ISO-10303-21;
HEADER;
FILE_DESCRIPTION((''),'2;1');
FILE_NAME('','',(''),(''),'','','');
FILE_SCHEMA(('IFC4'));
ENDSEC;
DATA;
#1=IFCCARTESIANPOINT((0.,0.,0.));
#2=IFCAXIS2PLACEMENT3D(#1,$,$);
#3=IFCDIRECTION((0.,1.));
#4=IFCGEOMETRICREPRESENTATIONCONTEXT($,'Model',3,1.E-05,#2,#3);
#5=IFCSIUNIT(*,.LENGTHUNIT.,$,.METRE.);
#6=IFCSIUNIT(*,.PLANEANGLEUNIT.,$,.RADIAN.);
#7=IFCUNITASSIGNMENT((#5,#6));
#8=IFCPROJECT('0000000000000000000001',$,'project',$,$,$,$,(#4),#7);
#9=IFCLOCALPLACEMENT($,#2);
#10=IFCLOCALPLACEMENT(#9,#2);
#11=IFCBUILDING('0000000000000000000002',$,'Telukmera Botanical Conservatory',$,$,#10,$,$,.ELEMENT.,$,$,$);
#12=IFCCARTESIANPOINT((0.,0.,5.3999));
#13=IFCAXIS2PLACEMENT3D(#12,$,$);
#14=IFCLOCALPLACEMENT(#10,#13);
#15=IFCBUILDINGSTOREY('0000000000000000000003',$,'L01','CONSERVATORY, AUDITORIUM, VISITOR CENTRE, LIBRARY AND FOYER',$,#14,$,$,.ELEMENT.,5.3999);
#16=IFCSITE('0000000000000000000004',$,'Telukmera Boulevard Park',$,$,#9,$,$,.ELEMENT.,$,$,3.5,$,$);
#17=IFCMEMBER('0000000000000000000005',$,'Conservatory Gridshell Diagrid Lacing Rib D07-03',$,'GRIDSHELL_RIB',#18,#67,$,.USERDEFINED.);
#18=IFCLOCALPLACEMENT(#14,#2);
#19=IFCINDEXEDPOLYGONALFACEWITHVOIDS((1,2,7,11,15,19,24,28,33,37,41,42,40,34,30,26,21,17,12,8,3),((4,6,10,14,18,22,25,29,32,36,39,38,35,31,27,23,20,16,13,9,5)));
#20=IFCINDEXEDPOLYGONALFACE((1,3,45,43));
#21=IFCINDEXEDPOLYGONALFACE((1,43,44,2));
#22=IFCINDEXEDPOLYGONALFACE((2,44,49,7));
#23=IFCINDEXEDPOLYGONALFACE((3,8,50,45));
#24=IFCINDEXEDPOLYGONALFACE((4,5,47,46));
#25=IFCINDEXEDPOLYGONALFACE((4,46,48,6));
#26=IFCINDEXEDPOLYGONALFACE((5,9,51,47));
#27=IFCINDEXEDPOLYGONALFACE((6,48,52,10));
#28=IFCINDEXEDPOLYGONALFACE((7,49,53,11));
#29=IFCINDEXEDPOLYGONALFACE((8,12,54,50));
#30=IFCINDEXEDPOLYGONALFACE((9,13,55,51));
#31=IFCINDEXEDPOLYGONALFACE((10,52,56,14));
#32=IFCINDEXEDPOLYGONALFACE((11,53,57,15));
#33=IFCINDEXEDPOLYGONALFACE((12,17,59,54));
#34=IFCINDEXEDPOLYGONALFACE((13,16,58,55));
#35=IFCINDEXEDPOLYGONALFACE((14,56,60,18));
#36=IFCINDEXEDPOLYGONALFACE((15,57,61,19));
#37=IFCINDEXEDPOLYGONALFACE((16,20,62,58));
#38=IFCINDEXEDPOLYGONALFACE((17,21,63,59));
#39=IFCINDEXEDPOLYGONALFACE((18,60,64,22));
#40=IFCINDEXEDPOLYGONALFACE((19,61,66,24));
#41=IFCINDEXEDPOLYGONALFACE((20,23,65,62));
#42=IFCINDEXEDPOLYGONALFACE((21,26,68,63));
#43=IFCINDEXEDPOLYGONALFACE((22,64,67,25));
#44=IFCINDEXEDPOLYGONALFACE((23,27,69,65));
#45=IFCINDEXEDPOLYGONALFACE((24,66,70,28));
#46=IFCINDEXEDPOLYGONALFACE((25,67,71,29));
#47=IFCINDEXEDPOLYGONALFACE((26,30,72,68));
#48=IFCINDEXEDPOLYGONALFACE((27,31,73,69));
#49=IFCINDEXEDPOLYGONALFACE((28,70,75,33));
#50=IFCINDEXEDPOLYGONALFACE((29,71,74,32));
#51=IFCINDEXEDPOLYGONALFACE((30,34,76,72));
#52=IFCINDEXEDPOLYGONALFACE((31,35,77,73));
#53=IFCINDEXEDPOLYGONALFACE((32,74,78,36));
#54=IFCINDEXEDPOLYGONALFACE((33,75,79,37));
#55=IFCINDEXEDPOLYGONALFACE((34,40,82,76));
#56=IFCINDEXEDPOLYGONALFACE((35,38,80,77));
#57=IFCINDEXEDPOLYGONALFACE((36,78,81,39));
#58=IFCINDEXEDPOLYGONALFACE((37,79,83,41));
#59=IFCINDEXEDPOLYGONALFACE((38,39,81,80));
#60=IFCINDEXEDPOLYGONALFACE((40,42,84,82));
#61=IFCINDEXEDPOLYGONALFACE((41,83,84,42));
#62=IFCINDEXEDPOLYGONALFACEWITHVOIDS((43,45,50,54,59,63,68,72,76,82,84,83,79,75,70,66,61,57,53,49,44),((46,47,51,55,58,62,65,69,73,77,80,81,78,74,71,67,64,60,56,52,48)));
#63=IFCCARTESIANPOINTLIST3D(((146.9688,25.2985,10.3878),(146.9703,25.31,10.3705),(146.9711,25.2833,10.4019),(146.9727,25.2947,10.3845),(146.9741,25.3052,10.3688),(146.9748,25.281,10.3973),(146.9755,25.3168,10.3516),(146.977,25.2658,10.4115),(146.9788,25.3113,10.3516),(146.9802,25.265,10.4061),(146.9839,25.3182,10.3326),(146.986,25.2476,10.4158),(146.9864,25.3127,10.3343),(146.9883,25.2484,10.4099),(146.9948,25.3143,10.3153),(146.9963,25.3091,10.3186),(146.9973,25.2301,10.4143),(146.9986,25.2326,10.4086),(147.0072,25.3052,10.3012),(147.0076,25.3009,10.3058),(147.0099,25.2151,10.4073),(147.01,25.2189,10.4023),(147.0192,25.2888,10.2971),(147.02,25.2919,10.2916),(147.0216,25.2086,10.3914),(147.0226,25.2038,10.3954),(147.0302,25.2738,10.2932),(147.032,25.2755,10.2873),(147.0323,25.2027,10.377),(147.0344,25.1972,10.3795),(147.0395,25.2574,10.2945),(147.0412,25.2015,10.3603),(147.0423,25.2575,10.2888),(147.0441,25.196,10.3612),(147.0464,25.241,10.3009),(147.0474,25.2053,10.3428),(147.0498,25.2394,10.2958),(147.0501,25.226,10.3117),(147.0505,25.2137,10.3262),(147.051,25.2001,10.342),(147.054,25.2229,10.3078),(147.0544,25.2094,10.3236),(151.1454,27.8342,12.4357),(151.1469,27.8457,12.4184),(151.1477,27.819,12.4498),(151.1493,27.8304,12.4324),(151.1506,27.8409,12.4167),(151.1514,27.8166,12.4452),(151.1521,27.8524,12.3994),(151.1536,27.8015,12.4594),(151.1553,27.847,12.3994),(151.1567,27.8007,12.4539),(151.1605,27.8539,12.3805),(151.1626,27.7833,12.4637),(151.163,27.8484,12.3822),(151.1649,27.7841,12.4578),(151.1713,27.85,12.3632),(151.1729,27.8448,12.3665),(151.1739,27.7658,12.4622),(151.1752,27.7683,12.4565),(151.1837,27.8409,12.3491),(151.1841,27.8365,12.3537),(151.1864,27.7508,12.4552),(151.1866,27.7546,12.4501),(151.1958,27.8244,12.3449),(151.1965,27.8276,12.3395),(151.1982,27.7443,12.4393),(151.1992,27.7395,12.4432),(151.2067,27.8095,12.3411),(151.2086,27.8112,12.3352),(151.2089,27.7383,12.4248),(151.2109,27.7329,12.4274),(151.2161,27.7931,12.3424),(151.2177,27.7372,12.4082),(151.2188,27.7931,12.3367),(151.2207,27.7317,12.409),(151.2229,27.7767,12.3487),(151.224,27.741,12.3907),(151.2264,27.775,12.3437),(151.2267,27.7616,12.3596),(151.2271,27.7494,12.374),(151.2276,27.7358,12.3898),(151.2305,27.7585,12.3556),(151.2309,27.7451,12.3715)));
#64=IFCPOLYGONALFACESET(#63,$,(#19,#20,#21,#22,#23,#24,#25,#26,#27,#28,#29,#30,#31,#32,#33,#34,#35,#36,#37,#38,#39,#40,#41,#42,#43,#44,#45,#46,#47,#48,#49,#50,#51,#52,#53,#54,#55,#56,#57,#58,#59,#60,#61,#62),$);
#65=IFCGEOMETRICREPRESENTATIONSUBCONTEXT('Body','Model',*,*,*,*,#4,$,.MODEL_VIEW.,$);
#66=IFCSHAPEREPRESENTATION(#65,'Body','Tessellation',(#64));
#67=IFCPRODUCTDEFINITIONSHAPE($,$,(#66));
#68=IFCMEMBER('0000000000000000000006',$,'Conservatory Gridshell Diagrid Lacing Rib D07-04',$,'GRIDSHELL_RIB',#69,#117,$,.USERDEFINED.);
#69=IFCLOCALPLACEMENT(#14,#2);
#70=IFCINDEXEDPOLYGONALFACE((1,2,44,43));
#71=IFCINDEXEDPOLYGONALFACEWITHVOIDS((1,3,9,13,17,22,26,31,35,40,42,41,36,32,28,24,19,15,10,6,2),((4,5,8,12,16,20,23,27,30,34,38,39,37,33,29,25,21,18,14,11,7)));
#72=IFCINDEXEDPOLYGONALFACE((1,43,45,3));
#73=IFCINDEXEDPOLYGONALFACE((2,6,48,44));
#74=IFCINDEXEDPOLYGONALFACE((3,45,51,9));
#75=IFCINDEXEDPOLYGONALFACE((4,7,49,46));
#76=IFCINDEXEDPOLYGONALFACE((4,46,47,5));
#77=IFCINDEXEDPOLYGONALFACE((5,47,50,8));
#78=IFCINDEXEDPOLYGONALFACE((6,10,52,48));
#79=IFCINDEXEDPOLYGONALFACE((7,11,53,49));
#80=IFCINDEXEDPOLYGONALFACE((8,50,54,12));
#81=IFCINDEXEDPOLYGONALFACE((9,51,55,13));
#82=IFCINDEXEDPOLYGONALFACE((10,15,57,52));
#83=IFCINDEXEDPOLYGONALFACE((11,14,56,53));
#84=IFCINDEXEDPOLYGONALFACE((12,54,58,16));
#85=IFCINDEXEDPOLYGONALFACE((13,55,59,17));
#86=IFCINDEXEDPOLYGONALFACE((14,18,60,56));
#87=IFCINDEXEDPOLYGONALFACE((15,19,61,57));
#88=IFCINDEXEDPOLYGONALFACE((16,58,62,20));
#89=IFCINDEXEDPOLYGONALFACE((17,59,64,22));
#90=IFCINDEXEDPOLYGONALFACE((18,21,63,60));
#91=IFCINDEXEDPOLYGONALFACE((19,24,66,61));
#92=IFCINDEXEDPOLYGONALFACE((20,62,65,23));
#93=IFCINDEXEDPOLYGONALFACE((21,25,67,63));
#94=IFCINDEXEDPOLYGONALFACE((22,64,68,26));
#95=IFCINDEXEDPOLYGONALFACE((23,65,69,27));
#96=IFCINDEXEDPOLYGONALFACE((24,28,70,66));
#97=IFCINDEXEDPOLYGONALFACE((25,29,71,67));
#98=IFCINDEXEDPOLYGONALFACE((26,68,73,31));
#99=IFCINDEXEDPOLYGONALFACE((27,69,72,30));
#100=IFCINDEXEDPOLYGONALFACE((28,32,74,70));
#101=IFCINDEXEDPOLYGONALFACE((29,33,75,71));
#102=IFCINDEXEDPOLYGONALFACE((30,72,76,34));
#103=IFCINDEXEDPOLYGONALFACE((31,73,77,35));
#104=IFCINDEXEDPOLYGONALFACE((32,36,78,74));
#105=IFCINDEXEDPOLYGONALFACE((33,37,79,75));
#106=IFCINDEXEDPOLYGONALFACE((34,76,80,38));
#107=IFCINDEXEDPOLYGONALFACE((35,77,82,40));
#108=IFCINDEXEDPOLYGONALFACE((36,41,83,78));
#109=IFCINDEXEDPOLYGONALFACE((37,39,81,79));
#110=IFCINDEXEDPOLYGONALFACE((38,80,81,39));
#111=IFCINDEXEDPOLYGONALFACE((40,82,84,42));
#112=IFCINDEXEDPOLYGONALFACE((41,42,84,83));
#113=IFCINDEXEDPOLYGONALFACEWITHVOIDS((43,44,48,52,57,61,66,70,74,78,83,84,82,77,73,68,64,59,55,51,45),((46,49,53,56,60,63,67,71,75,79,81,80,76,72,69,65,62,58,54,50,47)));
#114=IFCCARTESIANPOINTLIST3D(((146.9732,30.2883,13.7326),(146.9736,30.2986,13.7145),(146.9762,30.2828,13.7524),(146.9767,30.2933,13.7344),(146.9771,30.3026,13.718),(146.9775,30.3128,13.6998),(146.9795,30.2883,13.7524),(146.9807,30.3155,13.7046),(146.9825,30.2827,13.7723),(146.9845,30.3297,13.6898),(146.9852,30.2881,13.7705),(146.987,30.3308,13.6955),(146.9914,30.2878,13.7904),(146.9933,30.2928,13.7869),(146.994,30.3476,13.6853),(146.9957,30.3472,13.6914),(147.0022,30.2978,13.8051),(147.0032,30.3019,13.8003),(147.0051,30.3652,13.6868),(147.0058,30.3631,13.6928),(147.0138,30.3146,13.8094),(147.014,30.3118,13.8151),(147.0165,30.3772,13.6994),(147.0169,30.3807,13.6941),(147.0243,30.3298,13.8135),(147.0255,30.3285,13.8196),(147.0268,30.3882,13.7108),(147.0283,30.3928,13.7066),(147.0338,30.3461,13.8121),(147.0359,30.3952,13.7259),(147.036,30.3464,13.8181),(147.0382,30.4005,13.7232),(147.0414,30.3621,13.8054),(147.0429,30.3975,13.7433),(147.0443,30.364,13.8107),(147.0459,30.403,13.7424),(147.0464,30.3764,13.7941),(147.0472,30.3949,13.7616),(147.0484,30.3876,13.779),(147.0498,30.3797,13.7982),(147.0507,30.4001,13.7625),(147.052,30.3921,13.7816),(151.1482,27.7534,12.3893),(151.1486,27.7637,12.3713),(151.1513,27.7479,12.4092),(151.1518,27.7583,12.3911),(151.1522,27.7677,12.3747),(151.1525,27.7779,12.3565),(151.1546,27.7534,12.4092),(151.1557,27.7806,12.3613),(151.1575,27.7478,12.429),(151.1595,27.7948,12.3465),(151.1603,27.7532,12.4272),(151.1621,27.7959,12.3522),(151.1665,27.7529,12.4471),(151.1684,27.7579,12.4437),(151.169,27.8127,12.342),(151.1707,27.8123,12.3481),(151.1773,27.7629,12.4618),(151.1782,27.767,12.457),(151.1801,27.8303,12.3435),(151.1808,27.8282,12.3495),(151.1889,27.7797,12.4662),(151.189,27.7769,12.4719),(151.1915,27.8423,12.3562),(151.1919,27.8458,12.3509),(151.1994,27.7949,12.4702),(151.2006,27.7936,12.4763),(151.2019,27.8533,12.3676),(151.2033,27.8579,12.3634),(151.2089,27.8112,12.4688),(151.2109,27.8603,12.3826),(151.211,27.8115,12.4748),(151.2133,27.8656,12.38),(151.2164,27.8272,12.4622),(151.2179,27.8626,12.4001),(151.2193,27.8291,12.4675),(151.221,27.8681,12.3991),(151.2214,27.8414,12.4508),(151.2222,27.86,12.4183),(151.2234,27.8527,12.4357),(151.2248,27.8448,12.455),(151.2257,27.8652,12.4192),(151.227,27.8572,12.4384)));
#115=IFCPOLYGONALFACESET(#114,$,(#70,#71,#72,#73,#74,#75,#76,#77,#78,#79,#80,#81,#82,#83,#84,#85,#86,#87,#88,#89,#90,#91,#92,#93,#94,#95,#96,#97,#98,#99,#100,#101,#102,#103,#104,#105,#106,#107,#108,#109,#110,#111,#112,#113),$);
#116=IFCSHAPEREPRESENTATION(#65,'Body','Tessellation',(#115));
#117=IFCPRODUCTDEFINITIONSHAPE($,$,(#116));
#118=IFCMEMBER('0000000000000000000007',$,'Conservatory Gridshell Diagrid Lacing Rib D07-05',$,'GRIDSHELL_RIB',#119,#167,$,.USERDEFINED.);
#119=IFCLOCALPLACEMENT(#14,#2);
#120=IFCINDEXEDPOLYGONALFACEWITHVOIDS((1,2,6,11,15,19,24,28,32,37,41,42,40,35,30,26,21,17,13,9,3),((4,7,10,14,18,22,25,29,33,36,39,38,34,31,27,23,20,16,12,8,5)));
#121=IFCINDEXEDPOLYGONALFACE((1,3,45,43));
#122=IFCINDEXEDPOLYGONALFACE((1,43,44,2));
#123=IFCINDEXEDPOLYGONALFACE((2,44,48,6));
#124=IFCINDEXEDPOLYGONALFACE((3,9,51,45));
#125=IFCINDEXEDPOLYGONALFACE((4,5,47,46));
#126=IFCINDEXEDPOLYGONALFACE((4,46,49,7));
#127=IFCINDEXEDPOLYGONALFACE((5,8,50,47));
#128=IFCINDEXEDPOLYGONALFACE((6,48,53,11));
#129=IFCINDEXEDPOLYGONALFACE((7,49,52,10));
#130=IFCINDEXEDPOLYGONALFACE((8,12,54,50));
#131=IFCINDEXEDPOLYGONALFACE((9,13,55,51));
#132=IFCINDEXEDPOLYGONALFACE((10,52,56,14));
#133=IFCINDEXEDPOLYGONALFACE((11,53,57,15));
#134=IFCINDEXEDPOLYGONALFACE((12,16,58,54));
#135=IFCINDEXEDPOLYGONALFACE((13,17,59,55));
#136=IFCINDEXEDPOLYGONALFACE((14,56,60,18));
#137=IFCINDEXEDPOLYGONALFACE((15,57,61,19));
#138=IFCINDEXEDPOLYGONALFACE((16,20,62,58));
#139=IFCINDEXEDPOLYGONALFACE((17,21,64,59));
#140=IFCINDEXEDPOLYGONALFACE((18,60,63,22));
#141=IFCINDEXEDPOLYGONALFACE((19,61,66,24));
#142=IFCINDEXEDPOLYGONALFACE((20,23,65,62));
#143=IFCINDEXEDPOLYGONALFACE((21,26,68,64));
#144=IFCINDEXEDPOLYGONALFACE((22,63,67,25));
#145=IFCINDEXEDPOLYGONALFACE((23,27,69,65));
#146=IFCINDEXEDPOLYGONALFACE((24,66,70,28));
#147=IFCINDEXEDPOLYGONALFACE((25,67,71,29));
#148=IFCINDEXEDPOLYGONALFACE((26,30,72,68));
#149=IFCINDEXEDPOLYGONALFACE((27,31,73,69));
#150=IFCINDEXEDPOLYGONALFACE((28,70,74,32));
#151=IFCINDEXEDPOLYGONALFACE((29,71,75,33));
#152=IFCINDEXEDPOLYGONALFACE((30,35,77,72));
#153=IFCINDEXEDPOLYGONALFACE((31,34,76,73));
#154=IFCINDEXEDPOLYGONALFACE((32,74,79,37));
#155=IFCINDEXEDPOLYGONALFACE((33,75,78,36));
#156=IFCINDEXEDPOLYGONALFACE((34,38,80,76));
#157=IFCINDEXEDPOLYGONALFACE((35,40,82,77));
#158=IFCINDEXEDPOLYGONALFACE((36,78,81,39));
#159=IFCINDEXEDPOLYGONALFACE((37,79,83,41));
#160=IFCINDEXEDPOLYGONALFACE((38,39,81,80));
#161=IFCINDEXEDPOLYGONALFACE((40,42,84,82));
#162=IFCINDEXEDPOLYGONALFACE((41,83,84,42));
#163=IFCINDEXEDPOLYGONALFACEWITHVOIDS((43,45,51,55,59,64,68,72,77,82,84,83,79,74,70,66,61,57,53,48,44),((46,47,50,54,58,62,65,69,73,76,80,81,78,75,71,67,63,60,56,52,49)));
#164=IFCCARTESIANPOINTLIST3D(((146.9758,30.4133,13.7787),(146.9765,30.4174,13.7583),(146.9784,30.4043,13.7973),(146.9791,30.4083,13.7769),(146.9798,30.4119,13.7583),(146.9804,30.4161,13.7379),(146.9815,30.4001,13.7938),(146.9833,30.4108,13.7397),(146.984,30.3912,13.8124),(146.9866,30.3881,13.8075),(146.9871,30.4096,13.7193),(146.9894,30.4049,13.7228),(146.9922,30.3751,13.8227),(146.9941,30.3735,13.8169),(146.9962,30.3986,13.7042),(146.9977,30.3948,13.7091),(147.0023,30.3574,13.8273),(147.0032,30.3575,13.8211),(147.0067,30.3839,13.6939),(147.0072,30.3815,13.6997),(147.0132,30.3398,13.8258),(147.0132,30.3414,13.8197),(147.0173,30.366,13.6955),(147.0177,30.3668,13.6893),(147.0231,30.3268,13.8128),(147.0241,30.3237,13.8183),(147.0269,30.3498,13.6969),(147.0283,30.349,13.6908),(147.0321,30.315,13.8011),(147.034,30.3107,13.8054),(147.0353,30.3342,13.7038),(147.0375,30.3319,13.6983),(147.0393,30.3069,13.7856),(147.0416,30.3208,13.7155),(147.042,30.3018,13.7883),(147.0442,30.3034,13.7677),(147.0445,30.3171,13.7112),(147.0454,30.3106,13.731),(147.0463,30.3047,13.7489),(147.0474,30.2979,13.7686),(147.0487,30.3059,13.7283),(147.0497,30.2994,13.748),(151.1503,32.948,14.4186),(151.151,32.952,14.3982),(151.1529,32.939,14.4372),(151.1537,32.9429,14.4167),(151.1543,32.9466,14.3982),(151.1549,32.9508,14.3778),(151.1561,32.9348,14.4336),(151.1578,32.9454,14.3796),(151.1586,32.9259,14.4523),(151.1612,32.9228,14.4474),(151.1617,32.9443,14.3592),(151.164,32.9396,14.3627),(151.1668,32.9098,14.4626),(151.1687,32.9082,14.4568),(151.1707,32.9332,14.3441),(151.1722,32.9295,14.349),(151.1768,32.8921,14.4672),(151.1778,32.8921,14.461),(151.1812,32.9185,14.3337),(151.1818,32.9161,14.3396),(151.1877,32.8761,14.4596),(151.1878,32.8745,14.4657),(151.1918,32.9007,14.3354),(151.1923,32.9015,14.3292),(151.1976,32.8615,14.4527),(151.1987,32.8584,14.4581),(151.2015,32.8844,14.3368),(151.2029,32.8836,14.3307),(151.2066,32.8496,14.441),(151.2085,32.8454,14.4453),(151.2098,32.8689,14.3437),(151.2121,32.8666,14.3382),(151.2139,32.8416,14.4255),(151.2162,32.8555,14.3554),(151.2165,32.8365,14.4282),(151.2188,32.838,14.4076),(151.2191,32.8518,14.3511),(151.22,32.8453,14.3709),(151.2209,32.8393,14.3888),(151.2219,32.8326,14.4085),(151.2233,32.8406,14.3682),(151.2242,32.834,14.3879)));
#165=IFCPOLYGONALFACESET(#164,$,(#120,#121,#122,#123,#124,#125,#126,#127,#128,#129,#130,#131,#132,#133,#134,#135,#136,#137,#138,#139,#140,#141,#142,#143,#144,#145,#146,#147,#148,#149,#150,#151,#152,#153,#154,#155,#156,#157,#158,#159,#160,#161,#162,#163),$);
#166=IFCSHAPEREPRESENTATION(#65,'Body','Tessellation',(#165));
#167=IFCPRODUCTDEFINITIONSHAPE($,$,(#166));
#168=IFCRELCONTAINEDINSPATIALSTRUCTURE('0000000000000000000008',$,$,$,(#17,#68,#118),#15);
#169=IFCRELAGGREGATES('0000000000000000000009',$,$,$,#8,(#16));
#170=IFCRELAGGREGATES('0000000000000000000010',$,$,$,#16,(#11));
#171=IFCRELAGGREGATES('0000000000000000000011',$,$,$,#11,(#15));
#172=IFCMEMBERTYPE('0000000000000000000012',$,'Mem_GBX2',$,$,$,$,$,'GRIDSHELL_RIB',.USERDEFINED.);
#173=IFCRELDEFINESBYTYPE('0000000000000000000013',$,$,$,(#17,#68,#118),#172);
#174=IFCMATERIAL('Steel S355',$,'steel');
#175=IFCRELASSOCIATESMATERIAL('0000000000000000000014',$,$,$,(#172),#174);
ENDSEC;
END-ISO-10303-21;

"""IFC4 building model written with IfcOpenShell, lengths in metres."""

from ifc_helpers import new_model, si_unit, direction, frame, origin, origin_2d, place, context, subcontext, project, spatial, hollow_circle, extrude, material, material_profile, profile_set, type_object, element, save


model = new_model("IFC4")

# Units and contexts
model_context = context("Model", 3, precision=1e-05, world=origin(), true_north=direction((0.0, 1.0)))
body_context = subcontext(model_context, "Body", "Model", "MODEL_VIEW")
ifc_project = project(units=[si_unit("LENGTHUNIT", "METRE"), si_unit("PLANEANGLEUNIT", "RADIAN")], contexts=[model_context])

# Site, building, storey
site_placement = place(None, origin())
site = spatial("IfcSite", under=ifc_project, at=site_placement, Name="Telukmera Boulevard Park", CompositionType="ELEMENT", RefElevation=3.5)
building_placement = place(site_placement, origin())
building = spatial("IfcBuilding", under=site, at=building_placement, Name="Telukmera Botanical Conservatory", CompositionType="ELEMENT")
storey_placement = place(building_placement, frame((0.0, 0.0, 5.3999)))
storey = spatial("IfcBuildingStorey", under=building, at=storey_placement, Name="L01", Description="CONSERVATORY, AUDITORIUM, VISITOR CENTRE, LIBRARY AND FOYER", CompositionType="ELEMENT", Elevation=5.3999)

# Shared definitions
ifc_material = material(Name="Steel S355", Category="steel")

# Members
ifc_material_profile_1 = material_profile(ifc_material, hollow_circle(Radius=0.0698, WallThickness=0.0063, at=origin_2d()), Name="CHS 139.7x6.3")
ifc_profile_set_1 = profile_set([ifc_material_profile_1], Name="Steel S355")
member_type_1 = type_object("IfcMemberType", Name="Mem_GBX2", ElementType="GRIDSHELL_RIB", PredefinedType="USERDEFINED", material=ifc_profile_set_1)
member_1_placement = place(storey_placement, frame((147.0117, 25.2571, 10.3516), z_axis=(0.788352, 0.478624, 0.386549), x_axis=(-0.518964, 0.854796, 0.0)))
element("IfcMember", 1, at=member_1_placement, inside=storey, type_object=member_type_1, Name="Conservatory Gridshell Diagrid Lacing Rib D07-03", ObjectType="GRIDSHELL_RIB", PredefinedType="USERDEFINED", context=body_context, shape_type="SweptSolid", body=[
    extrude(hollow_circle(Radius=0.0698, WallThickness=0.0063, at=origin_2d()), origin(), (0.0, 0.0, 1.0), 5.2979),
])
member_2_placement = place(storey_placement, frame((151.1875, 27.8076, 12.4092), z_axis=(-0.824182, 0.500409, 0.265169), x_axis=(-0.518987, -0.854782, 0.0)))
element("IfcMember", 2, at=member_2_placement, inside=storey, type_object=member_type_1, Name="Conservatory Gridshell Diagrid Lacing Rib D07-04", ObjectType="GRIDSHELL_RIB", PredefinedType="USERDEFINED", context=body_context, shape_type="SweptSolid", body=[
    extrude(hollow_circle(Radius=0.0698, WallThickness=0.0063, at=origin_2d()), origin(), (0.0, 0.0, 1.0), 5.0657),
])
member_3_placement = place(storey_placement, frame((147.0127, 30.3577, 13.7583), z_axis=(0.847533, 0.514597, 0.129913), x_axis=(-0.518995, 0.854777, 0.0)))
element("IfcMember", 3, at=member_3_placement, inside=storey, type_object=member_type_1, Name="Conservatory Gridshell Diagrid Lacing Rib D07-05", ObjectType="GRIDSHELL_RIB", PredefinedType="USERDEFINED", context=body_context, shape_type="SweptSolid", body=[
    extrude(hollow_circle(Radius=0.0698, WallThickness=0.0063, at=origin_2d()), origin(), (0.0, 0.0, 1.0), 4.9255),
])

save(model, "model.ifc")
